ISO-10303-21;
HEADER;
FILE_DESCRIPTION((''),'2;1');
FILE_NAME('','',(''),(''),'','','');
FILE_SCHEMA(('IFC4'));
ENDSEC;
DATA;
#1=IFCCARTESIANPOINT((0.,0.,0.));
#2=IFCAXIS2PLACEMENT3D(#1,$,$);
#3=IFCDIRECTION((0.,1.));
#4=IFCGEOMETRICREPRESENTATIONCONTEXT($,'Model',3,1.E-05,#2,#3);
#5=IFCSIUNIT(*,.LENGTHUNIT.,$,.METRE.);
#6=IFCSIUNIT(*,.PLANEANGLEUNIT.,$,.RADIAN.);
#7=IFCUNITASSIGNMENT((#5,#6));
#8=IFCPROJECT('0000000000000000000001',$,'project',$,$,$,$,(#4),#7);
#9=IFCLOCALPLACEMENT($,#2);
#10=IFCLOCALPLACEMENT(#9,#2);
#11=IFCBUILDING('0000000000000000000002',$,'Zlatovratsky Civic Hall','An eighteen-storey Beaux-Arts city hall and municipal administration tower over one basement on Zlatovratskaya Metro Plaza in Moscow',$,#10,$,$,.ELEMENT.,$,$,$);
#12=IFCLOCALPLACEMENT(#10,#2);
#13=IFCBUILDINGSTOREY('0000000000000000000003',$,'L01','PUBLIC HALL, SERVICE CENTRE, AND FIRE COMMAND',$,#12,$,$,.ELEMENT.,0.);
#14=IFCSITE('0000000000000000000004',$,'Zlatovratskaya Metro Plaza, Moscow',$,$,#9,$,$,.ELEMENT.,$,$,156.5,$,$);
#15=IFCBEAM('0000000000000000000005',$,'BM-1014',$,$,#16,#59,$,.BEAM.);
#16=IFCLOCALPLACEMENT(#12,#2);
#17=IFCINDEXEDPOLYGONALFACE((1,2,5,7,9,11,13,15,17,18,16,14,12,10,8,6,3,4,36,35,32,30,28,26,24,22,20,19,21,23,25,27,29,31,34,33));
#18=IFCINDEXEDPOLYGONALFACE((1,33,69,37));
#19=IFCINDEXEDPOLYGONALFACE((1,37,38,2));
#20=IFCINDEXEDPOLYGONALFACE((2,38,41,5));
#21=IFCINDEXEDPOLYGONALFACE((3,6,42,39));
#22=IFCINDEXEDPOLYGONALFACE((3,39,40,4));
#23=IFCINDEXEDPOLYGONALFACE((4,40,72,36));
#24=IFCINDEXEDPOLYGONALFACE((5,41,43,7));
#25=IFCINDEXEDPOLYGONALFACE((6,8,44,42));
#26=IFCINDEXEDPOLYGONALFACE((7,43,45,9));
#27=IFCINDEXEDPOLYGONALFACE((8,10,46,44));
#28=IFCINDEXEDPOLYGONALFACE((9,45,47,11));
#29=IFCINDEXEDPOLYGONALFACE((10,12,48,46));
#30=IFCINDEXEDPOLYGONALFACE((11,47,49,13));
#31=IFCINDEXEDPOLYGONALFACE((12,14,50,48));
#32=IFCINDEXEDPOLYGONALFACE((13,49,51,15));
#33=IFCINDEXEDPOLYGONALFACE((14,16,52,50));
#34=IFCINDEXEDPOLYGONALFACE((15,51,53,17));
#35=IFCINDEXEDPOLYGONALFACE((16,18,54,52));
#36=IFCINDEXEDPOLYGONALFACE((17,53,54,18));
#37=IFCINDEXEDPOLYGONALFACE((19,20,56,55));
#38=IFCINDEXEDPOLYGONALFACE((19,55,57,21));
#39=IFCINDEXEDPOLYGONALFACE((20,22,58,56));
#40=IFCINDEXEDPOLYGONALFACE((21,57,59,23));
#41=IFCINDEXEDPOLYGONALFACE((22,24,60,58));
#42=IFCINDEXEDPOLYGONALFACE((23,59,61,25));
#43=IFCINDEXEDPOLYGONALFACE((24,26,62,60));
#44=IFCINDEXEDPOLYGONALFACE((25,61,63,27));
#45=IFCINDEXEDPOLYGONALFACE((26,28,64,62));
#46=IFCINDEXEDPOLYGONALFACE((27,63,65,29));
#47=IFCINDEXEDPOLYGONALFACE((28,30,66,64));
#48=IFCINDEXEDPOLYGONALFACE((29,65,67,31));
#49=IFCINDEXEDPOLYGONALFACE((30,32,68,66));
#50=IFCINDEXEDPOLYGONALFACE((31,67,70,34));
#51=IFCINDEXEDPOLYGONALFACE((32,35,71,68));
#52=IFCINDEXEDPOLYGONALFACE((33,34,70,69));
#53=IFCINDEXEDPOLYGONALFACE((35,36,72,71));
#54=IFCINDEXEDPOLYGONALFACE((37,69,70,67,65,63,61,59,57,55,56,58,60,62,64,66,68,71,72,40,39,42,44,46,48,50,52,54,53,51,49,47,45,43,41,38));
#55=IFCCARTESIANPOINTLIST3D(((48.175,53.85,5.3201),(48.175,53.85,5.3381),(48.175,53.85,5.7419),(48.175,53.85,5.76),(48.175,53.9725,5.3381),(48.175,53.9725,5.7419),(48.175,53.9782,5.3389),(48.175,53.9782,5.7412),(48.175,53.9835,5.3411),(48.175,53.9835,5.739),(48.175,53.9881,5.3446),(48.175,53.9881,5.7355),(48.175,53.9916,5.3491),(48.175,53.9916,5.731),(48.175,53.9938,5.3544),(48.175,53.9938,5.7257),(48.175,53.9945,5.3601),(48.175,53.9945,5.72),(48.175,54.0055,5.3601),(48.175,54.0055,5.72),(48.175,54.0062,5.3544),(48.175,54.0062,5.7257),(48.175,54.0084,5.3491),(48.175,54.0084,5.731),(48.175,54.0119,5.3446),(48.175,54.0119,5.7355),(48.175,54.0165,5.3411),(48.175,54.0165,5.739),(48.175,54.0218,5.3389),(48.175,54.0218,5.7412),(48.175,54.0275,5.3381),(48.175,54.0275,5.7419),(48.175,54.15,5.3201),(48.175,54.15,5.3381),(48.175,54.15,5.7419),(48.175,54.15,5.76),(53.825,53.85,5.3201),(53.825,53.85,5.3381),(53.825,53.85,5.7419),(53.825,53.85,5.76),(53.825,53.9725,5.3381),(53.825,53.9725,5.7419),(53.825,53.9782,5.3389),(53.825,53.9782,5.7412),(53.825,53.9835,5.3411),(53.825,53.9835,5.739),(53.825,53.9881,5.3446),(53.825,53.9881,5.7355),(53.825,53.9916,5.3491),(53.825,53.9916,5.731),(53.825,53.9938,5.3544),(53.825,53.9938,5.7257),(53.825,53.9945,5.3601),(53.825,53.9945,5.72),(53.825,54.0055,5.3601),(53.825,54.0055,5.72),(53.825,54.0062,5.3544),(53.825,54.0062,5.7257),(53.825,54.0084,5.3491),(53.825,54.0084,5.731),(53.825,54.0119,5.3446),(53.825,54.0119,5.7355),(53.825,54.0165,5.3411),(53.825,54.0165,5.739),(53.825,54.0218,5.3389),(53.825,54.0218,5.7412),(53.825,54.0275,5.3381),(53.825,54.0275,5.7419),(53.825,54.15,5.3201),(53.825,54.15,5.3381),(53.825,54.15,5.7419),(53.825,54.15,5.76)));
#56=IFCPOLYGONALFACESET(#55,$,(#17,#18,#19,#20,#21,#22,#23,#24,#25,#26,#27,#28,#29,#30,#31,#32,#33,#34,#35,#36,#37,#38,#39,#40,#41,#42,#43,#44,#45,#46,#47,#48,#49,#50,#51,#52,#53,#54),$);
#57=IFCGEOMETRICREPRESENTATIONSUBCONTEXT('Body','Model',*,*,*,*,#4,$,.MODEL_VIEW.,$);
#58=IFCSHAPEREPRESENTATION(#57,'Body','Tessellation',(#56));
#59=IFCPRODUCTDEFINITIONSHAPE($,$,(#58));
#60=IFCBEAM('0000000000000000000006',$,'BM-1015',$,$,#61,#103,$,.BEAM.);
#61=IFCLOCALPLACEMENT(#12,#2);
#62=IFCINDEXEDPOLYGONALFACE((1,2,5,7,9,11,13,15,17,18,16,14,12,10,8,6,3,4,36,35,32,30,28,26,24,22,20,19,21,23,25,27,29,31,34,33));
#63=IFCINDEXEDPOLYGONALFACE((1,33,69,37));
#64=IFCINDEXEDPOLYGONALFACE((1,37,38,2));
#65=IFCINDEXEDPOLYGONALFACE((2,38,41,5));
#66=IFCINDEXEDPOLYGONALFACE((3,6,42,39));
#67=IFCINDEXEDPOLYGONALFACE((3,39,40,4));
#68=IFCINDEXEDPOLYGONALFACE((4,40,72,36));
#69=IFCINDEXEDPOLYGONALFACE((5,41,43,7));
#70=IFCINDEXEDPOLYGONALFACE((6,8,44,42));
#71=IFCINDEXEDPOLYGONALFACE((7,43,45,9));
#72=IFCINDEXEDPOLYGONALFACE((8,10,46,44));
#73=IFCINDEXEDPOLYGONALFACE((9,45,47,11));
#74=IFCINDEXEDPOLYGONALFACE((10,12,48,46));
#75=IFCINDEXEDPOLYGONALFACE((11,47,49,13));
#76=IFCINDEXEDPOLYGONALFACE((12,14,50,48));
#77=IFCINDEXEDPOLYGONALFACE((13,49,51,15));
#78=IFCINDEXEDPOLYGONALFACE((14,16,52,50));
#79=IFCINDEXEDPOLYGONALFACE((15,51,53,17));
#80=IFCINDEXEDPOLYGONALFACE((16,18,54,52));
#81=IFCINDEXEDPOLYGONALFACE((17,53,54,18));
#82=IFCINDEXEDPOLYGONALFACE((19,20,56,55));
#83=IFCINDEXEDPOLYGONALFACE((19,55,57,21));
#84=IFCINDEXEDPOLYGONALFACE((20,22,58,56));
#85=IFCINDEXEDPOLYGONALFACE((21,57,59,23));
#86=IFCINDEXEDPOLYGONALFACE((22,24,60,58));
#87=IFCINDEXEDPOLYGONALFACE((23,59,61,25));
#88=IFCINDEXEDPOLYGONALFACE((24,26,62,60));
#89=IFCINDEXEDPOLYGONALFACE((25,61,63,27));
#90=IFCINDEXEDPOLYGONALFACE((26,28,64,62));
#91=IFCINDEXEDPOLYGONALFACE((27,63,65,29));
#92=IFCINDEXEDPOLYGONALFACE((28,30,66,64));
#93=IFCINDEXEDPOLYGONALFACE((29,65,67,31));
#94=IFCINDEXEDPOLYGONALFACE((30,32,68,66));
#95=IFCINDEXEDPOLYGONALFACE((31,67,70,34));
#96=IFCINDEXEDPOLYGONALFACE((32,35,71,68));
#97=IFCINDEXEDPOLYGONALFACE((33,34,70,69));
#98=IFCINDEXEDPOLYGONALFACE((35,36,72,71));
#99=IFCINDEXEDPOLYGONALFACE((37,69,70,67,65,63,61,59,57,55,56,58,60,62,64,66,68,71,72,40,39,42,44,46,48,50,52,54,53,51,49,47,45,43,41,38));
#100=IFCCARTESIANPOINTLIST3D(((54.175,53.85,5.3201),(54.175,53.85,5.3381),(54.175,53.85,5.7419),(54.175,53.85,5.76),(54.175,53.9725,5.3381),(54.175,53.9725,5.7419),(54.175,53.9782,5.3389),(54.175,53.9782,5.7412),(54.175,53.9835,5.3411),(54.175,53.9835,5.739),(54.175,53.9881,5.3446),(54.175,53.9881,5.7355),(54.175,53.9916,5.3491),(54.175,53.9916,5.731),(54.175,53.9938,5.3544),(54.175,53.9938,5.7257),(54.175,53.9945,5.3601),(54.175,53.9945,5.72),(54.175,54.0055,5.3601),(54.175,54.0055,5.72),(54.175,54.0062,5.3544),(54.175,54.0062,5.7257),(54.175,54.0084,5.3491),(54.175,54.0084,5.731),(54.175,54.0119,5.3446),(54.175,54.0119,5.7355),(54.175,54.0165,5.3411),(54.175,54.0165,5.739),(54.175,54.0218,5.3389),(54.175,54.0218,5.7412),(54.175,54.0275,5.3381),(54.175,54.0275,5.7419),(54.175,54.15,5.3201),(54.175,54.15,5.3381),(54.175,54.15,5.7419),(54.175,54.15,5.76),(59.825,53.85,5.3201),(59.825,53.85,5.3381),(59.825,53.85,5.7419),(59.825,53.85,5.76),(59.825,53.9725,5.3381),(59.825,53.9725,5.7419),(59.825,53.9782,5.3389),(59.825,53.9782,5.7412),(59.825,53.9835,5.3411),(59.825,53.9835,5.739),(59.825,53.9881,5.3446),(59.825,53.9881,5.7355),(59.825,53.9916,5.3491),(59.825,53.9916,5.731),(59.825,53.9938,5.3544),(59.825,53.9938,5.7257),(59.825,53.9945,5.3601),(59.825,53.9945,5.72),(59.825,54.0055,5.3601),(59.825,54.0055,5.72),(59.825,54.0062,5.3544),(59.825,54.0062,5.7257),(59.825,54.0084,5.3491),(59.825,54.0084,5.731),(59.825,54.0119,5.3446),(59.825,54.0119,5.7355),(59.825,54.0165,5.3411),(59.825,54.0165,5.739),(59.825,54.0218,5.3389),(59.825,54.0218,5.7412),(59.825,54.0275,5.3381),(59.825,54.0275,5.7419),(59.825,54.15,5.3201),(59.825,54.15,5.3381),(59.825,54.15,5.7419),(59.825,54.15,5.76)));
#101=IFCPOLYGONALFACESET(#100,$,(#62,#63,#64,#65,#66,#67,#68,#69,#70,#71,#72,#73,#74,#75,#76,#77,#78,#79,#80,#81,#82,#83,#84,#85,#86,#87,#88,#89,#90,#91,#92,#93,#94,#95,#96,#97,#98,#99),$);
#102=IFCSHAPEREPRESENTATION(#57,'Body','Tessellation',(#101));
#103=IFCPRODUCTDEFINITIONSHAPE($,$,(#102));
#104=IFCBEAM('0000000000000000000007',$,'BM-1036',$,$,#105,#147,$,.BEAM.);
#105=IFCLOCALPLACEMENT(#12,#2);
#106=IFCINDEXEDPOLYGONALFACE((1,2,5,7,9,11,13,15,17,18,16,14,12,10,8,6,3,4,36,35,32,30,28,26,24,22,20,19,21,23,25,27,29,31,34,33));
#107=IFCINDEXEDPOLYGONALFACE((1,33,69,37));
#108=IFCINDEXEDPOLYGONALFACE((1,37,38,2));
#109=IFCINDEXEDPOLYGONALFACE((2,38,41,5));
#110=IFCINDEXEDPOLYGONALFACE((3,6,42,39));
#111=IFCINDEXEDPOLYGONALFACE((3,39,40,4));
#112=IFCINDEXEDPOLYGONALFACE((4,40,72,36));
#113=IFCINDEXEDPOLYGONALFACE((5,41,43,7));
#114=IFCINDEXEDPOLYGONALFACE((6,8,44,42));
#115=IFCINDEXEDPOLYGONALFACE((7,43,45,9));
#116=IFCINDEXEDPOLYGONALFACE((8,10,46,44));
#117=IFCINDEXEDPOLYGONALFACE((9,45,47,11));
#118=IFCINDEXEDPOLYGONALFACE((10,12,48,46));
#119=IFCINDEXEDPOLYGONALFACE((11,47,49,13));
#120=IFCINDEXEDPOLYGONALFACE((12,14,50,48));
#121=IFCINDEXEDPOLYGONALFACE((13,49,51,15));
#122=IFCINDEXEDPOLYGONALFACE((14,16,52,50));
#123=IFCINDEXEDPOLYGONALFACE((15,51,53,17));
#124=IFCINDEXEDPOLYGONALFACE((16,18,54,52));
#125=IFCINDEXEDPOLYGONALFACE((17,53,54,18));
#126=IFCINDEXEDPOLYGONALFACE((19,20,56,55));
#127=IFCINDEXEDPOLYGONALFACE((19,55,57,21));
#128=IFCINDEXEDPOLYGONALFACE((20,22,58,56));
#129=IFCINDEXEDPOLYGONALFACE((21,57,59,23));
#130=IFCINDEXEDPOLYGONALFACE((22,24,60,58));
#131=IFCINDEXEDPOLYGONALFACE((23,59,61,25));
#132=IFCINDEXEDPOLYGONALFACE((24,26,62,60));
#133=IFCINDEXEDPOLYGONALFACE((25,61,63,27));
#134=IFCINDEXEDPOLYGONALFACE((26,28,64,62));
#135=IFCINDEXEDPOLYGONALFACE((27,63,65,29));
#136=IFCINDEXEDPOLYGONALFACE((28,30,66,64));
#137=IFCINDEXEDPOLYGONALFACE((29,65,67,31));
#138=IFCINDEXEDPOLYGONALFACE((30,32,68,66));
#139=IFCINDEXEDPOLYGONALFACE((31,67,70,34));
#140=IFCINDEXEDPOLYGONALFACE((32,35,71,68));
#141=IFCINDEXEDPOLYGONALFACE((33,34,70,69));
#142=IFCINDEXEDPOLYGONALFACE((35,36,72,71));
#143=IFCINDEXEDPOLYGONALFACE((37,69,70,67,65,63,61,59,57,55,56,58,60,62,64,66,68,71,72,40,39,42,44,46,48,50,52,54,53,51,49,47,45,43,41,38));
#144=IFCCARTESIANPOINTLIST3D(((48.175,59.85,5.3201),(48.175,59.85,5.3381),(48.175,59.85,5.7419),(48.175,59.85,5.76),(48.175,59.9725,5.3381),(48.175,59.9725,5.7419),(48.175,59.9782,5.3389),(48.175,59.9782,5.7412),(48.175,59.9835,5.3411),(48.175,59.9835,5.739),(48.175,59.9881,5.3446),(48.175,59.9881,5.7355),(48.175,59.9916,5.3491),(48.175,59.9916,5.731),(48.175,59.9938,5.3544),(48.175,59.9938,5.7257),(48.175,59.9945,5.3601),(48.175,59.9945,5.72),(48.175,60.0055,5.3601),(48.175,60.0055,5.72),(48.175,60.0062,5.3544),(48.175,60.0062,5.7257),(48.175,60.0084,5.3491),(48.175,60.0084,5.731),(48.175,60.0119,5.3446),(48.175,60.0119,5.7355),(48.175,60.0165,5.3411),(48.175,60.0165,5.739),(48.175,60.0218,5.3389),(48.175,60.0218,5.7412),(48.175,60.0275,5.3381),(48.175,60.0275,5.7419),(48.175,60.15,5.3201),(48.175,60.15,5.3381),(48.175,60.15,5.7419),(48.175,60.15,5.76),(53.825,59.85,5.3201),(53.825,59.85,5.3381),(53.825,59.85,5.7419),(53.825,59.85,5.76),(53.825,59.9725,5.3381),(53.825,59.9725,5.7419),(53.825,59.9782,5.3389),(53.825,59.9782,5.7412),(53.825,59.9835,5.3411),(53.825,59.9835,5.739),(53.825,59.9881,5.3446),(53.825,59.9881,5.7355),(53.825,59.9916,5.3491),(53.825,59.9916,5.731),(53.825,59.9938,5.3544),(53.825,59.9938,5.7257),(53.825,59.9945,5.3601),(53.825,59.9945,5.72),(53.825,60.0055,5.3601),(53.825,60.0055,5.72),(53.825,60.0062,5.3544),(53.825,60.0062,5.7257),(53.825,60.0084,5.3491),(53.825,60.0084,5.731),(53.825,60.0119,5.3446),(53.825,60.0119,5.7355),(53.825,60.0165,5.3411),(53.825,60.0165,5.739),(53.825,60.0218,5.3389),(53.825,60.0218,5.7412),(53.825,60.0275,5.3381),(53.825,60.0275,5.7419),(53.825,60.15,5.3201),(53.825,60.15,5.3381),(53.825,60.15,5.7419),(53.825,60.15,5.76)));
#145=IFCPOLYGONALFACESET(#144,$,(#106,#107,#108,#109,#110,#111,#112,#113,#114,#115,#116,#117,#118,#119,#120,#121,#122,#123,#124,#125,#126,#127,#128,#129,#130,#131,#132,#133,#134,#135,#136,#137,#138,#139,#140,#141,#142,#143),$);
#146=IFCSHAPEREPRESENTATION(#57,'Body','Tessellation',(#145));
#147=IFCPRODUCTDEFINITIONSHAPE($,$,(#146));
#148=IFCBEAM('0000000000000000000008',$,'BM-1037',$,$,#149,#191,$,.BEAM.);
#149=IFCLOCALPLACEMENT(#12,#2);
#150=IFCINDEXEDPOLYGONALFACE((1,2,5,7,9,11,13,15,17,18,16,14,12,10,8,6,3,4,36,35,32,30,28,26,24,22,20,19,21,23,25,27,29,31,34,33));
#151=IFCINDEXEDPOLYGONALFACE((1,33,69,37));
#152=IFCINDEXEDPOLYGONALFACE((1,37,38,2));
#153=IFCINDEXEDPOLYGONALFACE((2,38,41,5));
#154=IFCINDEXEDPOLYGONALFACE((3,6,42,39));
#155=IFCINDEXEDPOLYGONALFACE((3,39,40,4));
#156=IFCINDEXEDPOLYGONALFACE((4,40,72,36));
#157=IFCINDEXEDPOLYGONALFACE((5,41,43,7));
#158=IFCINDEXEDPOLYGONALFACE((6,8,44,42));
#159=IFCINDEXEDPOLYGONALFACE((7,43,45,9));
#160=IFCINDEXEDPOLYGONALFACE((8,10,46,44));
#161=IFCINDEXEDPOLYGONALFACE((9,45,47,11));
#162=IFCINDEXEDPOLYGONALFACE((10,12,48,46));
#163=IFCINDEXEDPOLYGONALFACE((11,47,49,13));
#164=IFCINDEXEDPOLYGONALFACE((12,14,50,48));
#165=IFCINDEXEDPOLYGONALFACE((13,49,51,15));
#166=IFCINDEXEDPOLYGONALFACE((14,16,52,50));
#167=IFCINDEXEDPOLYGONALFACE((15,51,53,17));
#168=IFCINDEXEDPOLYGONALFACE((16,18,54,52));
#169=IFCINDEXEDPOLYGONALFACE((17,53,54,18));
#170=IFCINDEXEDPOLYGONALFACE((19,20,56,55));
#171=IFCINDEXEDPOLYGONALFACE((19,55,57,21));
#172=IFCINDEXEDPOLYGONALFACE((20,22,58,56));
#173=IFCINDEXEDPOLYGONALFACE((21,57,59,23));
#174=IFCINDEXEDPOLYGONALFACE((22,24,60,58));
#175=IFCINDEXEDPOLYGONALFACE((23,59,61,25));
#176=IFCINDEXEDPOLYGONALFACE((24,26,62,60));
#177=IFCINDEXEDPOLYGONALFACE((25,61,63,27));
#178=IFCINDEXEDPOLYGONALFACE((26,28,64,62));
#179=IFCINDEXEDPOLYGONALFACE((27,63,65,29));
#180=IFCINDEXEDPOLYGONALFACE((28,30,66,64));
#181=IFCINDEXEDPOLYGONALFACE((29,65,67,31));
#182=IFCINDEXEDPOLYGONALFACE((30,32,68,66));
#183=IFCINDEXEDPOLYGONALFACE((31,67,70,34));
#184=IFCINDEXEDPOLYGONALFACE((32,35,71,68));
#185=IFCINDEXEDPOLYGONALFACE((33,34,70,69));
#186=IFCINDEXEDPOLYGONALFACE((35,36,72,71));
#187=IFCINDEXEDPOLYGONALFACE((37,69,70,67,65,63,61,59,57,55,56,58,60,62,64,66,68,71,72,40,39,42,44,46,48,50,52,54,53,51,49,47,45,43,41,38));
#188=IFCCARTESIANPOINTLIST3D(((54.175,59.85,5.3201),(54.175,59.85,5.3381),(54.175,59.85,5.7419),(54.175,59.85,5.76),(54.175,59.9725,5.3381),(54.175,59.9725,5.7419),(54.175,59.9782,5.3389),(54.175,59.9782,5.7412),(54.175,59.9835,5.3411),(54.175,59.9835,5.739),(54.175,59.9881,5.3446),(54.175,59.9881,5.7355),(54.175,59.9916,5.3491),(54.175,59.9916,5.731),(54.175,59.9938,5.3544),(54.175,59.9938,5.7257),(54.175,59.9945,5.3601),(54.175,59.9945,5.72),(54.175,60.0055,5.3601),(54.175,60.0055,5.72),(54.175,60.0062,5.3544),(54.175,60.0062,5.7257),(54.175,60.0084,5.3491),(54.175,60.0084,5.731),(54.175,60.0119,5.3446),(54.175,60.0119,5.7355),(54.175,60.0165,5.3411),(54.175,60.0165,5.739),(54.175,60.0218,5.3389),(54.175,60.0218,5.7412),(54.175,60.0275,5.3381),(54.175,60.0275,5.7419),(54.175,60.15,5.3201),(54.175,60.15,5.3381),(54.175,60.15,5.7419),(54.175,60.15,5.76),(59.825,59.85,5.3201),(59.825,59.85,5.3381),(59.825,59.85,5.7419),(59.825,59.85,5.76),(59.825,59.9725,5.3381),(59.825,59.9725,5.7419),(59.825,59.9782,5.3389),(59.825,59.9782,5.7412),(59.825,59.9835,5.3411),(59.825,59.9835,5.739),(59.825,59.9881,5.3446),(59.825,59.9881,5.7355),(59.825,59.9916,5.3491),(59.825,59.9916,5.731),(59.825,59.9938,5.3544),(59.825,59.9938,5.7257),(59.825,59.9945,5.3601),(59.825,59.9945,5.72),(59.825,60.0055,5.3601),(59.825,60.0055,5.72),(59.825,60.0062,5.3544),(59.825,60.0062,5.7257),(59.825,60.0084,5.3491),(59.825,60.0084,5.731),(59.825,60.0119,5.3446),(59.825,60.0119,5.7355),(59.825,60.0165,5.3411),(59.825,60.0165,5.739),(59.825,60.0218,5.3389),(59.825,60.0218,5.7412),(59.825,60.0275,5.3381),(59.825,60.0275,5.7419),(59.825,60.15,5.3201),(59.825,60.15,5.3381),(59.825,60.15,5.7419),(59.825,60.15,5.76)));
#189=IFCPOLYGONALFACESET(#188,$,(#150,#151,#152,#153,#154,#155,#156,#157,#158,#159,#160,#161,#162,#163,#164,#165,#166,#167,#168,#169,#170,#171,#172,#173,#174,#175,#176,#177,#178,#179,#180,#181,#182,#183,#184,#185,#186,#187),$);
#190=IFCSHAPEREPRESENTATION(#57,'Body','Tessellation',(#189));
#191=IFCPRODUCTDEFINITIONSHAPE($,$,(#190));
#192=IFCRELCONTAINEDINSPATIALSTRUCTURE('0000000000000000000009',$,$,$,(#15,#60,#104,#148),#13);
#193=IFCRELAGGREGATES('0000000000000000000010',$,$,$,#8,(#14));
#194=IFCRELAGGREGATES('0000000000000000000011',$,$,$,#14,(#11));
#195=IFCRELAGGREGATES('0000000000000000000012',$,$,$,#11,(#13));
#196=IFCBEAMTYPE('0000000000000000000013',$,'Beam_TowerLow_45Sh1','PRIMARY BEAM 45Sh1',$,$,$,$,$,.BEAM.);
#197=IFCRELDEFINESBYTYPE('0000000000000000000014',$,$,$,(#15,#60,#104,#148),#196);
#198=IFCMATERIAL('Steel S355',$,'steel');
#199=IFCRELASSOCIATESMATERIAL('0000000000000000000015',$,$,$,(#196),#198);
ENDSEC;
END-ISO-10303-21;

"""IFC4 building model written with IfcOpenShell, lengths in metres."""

from ifc_helpers import new_model, si_unit, direction, frame, origin, origin_2d, place, context, subcontext, project, spatial, i_section, extrude, material, material_profile, profile_set, type_object, element, save


model = new_model("IFC4")

# Units and contexts
model_context = context("Model", 3, precision=1e-05, world=origin(), true_north=direction((0.0, 1.0)))
body_context = subcontext(model_context, "Body", "Model", "MODEL_VIEW")
ifc_project = project(units=[si_unit("LENGTHUNIT", "METRE"), si_unit("PLANEANGLEUNIT", "RADIAN")], contexts=[model_context])

# Site, building, storey
site_placement = place(None, origin())
site = spatial("IfcSite", under=ifc_project, at=site_placement, Name="Zlatovratskaya Metro Plaza, Moscow", CompositionType="ELEMENT", RefElevation=156.5)
building_placement = place(site_placement, origin())
building = spatial("IfcBuilding", under=site, at=building_placement, Name="Zlatovratsky Civic Hall", Description="An eighteen-storey Beaux-Arts city hall and municipal administration tower over one basement on Zlatovratskaya Metro Plaza in Moscow", CompositionType="ELEMENT")
storey_placement = place(building_placement, origin())
storey = spatial("IfcBuildingStorey", under=building, at=storey_placement, Name="L01", Description="PUBLIC HALL, SERVICE CENTRE, AND FIRE COMMAND", CompositionType="ELEMENT", Elevation=0.0)

# Shared definitions
ifc_material_1 = material(Name="Steel S355", Category="steel")

# Beams
ifc_material_profile_1 = material_profile(ifc_material_1, i_section(OverallWidth=0.3, OverallDepth=0.4399, WebThickness=0.011, FlangeThickness=0.0181, FilletRadius=0.022, at=origin_2d()), Name="45Sh1")
ifc_profile_set_1 = profile_set([ifc_material_profile_1], Name="Steel S355")
beam_type_1 = type_object("IfcBeamType", Name="Beam_TowerLow_45Sh1", Description="PRIMARY BEAM 45Sh1", PredefinedType="BEAM", material=ifc_profile_set_1)
for number, where, z_axis, x_axis, name in (
    (1, (48.175, 54.0, 5.54), (1.0, 0.0, 0.0), (0.0, 1.0, 0.0), "BM-1014"),
    (2, (54.175, 54.0, 5.54), (1.0, 0.0, 0.0), (0.0, 1.0, 0.0), "BM-1015"),
    (3, (48.175, 60.0, 5.54), (1.0, 0.0, 0.0), (0.0, 1.0, 0.0), "BM-1036"),
    (4, (54.175, 60.0, 5.54), (1.0, 0.0, 0.0), (0.0, 1.0, 0.0), "BM-1037"),
):
    element("IfcBeam", number, at=place(storey_placement, frame(where, z_axis=z_axis, x_axis=x_axis)), inside=storey, type_object=beam_type_1, Name=name, PredefinedType="BEAM", context=body_context, shape_type="SweptSolid", body=[
        extrude(i_section(OverallWidth=0.3, OverallDepth=0.4399, WebThickness=0.011, FlangeThickness=0.0181, FilletRadius=0.022, at=origin_2d()), origin(), (0.0, 0.0, 1.0), 5.6499),
    ])

save(model, "model.ifc")
